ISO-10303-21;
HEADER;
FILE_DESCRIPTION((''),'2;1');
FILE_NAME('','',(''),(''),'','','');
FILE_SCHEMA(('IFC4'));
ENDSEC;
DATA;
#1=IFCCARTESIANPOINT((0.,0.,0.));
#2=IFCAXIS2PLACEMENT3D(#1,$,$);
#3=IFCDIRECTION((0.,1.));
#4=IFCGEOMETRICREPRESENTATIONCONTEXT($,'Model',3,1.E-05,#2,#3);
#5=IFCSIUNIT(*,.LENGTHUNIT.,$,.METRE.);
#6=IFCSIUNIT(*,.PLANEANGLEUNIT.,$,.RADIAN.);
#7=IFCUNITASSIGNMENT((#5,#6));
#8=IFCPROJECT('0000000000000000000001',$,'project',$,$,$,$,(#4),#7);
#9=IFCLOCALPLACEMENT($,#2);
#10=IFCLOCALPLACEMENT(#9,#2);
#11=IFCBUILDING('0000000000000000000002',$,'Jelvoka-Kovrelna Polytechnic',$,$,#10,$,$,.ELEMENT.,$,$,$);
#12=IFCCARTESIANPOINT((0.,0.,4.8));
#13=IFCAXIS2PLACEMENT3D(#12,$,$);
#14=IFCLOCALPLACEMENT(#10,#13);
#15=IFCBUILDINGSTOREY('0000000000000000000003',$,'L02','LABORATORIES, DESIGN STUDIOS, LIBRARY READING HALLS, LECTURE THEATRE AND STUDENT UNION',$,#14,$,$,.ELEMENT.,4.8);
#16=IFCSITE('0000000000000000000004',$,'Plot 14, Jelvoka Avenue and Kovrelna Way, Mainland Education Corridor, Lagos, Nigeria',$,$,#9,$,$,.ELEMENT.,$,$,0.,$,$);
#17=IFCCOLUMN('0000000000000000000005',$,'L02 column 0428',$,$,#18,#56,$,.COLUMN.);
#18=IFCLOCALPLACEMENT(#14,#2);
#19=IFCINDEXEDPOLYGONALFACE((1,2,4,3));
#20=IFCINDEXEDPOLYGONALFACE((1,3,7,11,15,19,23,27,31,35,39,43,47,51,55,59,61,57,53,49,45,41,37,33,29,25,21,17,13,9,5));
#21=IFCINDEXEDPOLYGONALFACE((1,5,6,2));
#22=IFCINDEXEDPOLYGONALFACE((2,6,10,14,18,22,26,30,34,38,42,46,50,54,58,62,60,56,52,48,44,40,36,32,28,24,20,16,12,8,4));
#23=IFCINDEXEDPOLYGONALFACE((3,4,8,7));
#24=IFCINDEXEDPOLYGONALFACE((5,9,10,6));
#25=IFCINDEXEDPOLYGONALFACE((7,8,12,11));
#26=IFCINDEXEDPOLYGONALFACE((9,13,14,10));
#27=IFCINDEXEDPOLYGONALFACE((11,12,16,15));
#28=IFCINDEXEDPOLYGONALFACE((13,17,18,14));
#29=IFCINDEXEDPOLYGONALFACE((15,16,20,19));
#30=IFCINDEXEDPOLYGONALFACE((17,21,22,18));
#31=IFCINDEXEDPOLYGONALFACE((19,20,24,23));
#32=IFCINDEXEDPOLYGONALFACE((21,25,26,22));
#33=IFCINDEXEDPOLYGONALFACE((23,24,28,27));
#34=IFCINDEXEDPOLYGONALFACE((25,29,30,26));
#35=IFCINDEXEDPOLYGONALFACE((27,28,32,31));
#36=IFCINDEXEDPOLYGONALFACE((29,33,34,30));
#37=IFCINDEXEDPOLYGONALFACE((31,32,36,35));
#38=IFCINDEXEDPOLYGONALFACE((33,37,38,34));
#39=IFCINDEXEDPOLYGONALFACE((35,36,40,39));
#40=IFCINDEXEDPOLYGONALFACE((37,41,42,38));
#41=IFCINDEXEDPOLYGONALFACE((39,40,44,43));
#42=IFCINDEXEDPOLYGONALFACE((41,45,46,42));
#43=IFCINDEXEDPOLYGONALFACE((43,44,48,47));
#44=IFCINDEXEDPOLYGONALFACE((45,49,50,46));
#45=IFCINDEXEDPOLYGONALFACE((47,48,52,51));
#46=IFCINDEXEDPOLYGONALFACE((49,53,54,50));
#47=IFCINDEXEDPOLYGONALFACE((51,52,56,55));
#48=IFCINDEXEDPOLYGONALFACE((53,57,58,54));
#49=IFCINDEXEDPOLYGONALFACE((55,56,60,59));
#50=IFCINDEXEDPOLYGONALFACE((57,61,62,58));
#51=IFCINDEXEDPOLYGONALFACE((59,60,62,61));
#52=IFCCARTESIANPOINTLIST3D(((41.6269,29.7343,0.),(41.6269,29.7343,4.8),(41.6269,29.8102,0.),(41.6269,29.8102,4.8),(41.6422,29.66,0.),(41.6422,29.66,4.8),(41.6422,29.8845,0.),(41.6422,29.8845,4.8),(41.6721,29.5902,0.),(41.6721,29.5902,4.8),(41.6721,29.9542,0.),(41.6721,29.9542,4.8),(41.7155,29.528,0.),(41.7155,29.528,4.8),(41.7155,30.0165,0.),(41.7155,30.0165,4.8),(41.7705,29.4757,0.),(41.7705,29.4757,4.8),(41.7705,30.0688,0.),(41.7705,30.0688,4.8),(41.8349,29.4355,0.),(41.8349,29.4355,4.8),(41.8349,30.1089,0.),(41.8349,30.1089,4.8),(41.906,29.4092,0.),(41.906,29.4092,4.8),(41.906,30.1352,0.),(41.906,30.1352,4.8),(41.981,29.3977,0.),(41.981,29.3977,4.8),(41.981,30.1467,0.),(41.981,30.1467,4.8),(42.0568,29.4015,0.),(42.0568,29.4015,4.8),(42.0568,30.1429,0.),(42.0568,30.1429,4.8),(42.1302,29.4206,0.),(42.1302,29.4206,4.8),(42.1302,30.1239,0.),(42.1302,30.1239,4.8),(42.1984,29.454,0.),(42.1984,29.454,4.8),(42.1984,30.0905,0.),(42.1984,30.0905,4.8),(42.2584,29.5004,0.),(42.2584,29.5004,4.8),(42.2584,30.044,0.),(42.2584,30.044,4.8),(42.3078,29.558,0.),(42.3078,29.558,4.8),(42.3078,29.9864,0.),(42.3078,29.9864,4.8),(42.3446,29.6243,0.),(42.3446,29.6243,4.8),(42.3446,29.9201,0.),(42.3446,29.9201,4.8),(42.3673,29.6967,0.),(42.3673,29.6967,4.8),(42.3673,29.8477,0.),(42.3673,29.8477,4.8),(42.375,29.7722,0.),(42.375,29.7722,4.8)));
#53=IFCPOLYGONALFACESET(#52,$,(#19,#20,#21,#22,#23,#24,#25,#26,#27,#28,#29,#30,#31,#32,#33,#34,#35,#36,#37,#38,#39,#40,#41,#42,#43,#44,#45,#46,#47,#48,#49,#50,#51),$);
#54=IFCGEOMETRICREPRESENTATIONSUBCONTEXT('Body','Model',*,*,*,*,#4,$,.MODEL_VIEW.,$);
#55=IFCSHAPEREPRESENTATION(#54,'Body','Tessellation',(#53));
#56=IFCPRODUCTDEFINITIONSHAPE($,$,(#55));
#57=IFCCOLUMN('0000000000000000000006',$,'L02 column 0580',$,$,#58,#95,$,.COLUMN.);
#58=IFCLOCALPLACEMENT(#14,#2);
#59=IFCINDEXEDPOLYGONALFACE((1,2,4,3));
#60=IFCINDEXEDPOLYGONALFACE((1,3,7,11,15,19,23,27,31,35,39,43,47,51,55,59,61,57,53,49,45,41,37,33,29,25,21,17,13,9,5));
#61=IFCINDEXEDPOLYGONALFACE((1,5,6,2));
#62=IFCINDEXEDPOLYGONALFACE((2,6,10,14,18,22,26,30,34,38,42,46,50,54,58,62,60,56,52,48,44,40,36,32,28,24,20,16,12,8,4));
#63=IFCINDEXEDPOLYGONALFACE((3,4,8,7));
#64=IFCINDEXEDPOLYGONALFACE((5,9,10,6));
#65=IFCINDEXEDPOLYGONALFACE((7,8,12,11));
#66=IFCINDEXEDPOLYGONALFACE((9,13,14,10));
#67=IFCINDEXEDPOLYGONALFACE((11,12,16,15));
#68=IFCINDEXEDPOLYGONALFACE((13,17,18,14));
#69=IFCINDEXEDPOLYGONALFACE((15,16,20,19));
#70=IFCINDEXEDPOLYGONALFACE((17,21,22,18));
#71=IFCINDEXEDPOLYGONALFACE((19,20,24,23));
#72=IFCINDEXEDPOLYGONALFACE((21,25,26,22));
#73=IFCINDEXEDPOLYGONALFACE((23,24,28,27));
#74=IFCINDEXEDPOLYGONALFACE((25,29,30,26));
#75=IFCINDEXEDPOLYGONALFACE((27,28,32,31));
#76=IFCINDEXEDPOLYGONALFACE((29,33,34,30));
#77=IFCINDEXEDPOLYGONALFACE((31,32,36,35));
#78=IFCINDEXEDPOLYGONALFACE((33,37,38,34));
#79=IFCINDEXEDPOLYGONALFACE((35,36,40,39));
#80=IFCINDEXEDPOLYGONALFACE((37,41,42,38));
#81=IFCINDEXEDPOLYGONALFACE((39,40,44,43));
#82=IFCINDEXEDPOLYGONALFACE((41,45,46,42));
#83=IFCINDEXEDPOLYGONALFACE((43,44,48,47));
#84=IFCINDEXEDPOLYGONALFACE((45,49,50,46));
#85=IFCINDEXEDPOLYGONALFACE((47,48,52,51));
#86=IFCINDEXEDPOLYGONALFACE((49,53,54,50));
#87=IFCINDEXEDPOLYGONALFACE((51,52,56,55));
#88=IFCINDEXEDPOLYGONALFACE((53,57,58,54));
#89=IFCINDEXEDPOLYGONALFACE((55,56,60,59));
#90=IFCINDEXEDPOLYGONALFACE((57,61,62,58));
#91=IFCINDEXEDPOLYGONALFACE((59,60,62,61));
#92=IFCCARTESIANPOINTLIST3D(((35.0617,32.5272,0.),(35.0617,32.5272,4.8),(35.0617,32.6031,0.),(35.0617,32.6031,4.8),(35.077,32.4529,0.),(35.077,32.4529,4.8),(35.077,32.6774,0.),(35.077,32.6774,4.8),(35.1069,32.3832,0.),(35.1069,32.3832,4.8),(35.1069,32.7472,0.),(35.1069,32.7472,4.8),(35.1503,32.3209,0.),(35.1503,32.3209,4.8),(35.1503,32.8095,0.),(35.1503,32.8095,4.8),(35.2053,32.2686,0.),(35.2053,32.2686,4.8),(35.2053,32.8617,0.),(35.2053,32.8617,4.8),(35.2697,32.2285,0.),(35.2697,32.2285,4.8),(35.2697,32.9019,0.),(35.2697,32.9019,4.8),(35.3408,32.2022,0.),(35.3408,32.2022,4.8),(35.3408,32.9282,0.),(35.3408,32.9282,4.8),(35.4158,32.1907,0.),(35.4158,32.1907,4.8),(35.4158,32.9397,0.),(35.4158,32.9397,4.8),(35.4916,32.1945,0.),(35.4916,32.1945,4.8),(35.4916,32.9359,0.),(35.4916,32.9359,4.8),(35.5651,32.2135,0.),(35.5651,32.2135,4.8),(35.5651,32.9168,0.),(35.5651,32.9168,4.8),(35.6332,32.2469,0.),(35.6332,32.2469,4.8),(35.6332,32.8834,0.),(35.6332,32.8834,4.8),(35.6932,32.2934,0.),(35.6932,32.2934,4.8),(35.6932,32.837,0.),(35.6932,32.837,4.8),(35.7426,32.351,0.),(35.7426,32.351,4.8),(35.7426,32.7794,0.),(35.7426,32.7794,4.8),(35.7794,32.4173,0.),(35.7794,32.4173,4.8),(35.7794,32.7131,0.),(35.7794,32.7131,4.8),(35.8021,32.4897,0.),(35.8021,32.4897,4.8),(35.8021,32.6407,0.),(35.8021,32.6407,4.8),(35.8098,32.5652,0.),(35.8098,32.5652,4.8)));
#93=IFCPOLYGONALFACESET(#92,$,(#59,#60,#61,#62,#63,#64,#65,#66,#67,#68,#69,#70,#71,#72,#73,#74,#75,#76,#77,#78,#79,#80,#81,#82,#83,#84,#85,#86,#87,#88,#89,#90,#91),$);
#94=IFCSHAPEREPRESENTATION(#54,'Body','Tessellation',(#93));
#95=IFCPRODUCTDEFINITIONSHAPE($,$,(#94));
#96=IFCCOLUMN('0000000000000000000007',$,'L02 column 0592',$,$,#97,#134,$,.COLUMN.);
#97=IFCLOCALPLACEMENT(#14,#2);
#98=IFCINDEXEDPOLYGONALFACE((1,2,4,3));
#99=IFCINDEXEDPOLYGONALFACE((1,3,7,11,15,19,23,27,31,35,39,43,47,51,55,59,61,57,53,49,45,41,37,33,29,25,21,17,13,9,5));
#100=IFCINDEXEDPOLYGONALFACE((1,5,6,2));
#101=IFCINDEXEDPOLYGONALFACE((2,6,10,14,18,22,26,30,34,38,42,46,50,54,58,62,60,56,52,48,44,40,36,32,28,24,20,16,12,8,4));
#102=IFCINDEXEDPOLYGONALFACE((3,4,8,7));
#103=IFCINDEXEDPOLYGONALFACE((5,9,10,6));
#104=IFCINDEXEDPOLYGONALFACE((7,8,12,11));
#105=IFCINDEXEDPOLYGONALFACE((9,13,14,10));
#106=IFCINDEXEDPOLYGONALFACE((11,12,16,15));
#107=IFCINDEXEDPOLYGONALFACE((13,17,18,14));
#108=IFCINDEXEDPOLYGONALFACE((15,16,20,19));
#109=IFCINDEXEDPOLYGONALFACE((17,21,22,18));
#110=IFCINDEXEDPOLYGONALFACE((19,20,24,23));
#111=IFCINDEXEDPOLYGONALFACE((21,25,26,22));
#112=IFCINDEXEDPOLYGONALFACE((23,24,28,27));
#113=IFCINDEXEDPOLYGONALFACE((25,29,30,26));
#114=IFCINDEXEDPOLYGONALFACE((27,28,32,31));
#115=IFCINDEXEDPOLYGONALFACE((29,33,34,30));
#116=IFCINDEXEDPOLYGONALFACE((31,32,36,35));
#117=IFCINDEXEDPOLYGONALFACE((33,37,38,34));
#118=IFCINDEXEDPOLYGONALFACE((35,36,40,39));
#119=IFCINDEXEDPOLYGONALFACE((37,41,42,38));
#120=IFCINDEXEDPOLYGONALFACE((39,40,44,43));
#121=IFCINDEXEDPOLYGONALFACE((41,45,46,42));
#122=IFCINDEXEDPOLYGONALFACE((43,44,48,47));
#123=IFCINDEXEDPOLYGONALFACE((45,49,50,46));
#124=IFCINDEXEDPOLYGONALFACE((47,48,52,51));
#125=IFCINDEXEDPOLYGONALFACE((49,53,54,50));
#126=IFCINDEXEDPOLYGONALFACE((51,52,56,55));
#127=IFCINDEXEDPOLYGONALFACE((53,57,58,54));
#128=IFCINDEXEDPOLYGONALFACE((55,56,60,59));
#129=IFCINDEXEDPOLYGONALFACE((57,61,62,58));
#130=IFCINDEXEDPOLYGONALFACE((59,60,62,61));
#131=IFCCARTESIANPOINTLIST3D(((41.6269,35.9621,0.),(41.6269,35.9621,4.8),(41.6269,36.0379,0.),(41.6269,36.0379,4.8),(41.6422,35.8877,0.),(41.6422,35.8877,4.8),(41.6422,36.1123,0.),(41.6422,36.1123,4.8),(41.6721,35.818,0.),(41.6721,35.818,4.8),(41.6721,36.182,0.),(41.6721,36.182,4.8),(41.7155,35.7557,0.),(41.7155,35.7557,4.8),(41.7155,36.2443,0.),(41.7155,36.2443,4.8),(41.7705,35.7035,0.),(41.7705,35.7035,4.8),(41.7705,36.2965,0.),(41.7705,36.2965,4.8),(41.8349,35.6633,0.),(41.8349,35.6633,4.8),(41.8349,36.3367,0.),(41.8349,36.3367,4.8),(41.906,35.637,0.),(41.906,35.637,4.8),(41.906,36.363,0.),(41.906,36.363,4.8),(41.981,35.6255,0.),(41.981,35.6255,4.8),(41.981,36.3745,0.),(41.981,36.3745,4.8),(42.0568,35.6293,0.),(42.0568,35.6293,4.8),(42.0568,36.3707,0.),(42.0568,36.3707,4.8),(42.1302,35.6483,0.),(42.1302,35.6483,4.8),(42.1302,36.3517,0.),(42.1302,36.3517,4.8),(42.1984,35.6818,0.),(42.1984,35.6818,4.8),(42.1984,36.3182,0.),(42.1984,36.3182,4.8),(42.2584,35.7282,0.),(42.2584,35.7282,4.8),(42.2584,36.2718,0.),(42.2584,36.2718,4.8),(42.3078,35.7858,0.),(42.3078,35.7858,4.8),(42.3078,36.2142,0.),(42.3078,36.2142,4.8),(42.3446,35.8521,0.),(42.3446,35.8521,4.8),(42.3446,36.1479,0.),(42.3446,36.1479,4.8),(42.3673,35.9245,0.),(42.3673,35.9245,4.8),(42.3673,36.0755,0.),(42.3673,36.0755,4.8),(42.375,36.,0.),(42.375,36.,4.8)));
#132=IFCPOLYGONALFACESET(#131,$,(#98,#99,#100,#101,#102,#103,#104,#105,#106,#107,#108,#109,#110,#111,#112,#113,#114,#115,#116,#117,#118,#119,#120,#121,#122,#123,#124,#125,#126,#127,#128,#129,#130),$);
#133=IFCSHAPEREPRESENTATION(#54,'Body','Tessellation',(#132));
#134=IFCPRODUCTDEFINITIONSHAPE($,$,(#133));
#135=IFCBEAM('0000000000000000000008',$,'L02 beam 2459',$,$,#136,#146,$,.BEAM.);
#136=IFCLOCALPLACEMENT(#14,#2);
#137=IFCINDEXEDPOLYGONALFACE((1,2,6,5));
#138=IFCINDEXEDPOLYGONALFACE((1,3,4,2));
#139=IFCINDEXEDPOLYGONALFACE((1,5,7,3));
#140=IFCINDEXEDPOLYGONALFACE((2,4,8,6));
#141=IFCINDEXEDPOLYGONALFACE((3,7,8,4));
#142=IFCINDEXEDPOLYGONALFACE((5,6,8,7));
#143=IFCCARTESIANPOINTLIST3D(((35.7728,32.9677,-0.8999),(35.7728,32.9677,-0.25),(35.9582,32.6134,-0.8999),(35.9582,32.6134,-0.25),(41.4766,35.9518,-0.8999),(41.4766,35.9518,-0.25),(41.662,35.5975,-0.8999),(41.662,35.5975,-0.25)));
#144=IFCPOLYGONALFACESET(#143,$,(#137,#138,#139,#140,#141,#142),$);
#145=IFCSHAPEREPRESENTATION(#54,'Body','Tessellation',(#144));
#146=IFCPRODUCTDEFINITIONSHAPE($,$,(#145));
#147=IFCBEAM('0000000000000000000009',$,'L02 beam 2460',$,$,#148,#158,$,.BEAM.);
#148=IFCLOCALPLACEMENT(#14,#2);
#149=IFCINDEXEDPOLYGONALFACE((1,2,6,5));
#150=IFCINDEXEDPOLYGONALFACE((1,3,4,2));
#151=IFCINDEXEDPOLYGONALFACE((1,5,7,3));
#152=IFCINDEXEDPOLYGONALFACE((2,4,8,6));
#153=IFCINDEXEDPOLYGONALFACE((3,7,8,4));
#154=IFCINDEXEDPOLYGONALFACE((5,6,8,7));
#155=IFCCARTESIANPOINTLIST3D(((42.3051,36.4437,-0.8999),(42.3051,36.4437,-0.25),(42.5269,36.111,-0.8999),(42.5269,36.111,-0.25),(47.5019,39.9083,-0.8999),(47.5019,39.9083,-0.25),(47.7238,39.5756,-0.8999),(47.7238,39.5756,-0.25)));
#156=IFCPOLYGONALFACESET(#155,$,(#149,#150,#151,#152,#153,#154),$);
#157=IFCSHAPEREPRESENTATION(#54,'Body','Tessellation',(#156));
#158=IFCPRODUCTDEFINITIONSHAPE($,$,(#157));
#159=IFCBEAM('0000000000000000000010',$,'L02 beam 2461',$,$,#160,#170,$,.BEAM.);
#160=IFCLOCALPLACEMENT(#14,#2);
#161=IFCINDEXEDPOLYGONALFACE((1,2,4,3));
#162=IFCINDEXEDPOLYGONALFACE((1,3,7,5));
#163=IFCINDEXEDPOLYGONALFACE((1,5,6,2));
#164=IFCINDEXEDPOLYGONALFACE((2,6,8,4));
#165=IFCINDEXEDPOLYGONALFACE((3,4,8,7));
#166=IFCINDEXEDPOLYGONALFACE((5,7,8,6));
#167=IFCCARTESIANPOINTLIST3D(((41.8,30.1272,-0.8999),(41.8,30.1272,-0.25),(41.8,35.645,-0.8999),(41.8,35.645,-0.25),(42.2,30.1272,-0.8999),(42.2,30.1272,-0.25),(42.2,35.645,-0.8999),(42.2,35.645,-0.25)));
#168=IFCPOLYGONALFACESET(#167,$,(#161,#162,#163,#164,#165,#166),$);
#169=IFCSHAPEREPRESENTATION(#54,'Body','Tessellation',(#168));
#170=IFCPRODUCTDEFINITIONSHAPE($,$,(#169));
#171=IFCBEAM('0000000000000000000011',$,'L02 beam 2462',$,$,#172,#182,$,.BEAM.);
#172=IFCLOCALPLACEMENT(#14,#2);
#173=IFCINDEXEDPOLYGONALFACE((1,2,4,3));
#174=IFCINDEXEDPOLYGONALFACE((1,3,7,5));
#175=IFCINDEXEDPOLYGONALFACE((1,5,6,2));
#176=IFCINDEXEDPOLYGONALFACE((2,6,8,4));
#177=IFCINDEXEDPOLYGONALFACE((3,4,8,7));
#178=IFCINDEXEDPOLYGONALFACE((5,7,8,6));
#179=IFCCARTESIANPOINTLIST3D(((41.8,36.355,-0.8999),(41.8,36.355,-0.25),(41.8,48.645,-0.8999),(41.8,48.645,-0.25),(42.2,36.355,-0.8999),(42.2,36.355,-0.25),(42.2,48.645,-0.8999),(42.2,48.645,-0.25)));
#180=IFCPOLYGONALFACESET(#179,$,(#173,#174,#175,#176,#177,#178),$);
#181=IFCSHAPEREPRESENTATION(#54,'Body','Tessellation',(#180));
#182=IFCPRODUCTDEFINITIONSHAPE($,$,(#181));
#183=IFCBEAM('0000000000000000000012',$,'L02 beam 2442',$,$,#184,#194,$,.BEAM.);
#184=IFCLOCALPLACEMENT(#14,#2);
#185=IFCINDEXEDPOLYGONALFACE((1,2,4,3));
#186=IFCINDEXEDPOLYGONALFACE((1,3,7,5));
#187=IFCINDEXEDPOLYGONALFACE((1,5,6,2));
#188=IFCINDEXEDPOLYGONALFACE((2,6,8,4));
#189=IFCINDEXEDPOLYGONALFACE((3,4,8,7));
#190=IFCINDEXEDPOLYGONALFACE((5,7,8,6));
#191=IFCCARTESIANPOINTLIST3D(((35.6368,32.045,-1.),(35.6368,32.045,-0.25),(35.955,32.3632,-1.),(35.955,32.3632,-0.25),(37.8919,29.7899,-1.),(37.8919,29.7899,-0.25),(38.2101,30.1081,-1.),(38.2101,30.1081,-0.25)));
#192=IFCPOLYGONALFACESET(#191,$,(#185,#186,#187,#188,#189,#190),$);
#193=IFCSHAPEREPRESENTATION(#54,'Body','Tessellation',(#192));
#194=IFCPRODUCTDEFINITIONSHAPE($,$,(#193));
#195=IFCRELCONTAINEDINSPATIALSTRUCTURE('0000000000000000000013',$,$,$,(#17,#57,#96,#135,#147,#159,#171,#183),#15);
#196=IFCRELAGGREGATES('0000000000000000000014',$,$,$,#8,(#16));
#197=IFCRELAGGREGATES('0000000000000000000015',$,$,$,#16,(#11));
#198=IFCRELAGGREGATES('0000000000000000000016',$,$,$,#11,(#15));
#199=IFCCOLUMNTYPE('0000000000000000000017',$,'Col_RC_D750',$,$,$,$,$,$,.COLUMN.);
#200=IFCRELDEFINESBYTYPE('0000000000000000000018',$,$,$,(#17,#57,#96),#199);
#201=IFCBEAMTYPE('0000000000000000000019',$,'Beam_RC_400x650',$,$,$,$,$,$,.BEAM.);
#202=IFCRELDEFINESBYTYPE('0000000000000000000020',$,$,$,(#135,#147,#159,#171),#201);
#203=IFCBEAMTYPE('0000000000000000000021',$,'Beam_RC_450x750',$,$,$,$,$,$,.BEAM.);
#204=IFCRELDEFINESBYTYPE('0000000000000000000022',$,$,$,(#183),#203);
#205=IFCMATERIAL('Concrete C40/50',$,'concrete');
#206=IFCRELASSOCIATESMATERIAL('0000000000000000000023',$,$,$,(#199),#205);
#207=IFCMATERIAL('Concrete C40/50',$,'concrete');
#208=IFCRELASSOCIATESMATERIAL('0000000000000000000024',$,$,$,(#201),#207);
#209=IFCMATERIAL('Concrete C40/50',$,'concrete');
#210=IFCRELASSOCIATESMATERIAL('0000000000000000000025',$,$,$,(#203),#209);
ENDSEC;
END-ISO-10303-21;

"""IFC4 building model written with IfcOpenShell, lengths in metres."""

from ifc_helpers import new_model, si_unit, direction, frame, origin, origin_2d, place, context, subcontext, project, spatial, rectangle, circle, extrude, material, material_profile, profile_set, type_object, element, save


model = new_model("IFC4")

# Units and contexts
model_context = context("Model", 3, precision=1e-05, world=origin(), true_north=direction((0.0, 1.0)))
body_context = subcontext(model_context, "Body", "Model", "MODEL_VIEW")
ifc_project = project(units=[si_unit("LENGTHUNIT", "METRE"), si_unit("PLANEANGLEUNIT", "RADIAN")], contexts=[model_context])

# Site, building, storey
site_placement = place(None, origin())
site = spatial("IfcSite", under=ifc_project, at=site_placement, Name="Plot 14, Jelvoka Avenue and Kovrelna Way, Mainland Education Corridor, Lagos, Nigeria", CompositionType="ELEMENT", RefElevation=0.0)
building_placement = place(site_placement, origin())
building = spatial("IfcBuilding", under=site, at=building_placement, Name="Jelvoka-Kovrelna Polytechnic", CompositionType="ELEMENT")
storey_placement = place(building_placement, frame((0.0, 0.0, 4.8)))
storey = spatial("IfcBuildingStorey", under=building, at=storey_placement, Name="L02", Description="LABORATORIES, DESIGN STUDIOS, LIBRARY READING HALLS, LECTURE THEATRE AND STUDENT UNION", CompositionType="ELEMENT", Elevation=4.8)

# Columns
ifc_material_1 = material(Name="Concrete C40/50", Category="concrete")
ifc_material_profile_1 = material_profile(ifc_material_1, circle(Radius=0.375, at=origin_2d()), Name="RC D750")
ifc_profile_set_1 = profile_set([ifc_material_profile_1], Name="Concrete C40/50")
column_type = type_object("IfcColumnType", Name="Col_RC_D750", PredefinedType="COLUMN", material=ifc_profile_set_1)
for number, where, z_axis, x_axis, name in (
    (1, (42.0, 29.7722, 0.0), (0.0, 0.0, 1.0), (1.0, 0.0, 0.0), "L02 column 0428"),
    (2, (35.4348, 32.5652, 0.0), (0.0, 0.0, 1.0), (1.0, 0.0, 0.0), "L02 column 0580"),
    (3, (42.0, 36.0, 0.0), (0.0, 0.0, 1.0), (1.0, 0.0, 0.0), "L02 column 0592"),
):
    element("IfcColumn", number, at=place(storey_placement, frame(where, z_axis=z_axis, x_axis=x_axis)), inside=storey, type_object=column_type, Name=name, PredefinedType="COLUMN", context=body_context, shape_type="SweptSolid", body=[
        extrude(circle(Radius=0.375, at=origin_2d()), origin(), (0.0, 0.0, 1.0), 4.8),
    ])

# Beams
ifc_material_2 = material(Name="Concrete C40/50", Category="concrete")
ifc_material_profile_2 = material_profile(ifc_material_2, rectangle(XDim=0.3999, YDim=0.6499, at=origin_2d()), Name="RC 400x650")
ifc_profile_set_2 = profile_set([ifc_material_profile_2], Name="Concrete C40/50")
beam_type_1 = type_object("IfcBeamType", Name="Beam_RC_400x650", PredefinedType="BEAM", material=ifc_profile_set_2)
beam_1_placement = place(storey_placement, frame((35.8655, 32.7905, -0.575), z_axis=(0.886062, 0.463568, 0.0), x_axis=(-0.463568, 0.886062, 0.0)))
element("IfcBeam", 4, at=beam_1_placement, inside=storey, type_object=beam_type_1, Name="L02 beam 2459", PredefinedType="BEAM", context=body_context, shape_type="SweptSolid", body=[
    extrude(rectangle(XDim=0.3999, YDim=0.6499, at=origin_2d()), origin(), (0.0, 0.0, 1.0), 6.4373),
])
beam_2_placement = place(storey_placement, frame((42.416, 36.2773, -0.575), z_axis=(0.832044, 0.554709, 0.0), x_axis=(-0.554709, 0.832044, 0.0)))
element("IfcBeam", 5, at=beam_2_placement, inside=storey, type_object=beam_type_1, Name="L02 beam 2460", PredefinedType="BEAM", context=body_context, shape_type="SweptSolid", body=[
    extrude(rectangle(XDim=0.3999, YDim=0.6499, at=origin_2d()), origin(), (0.0, 0.0, 1.0), 6.2458),
])
beam_3_placement = place(storey_placement, frame((42.0, 30.1272, -0.575), z_axis=(0.0, 1.0, 0.0), x_axis=(-1.0, 0.0, 0.0)))
element("IfcBeam", 6, at=beam_3_placement, inside=storey, type_object=beam_type_1, Name="L02 beam 2461", PredefinedType="BEAM", context=body_context, shape_type="SweptSolid", body=[
    extrude(rectangle(XDim=0.3999, YDim=0.6499, at=origin_2d()), origin(), (0.0, 0.0, 1.0), 5.5178),
])
beam_4_placement = place(storey_placement, frame((42.0, 36.355, -0.575), z_axis=(0.0, 1.0, 0.0), x_axis=(-1.0, 0.0, 0.0)))
element("IfcBeam", 7, at=beam_4_placement, inside=storey, type_object=beam_type_1, Name="L02 beam 2462", PredefinedType="BEAM", context=body_context, shape_type="SweptSolid", body=[
    extrude(rectangle(XDim=0.3999, YDim=0.6499, at=origin_2d()), origin(), (0.0, 0.0, 1.0), 12.29),
])
ifc_material_3 = material(Name="Concrete C40/50", Category="concrete")
ifc_material_profile_3 = material_profile(ifc_material_3, rectangle(XDim=0.45, YDim=0.75, at=origin_2d()), Name="RC 450x750")
ifc_profile_set_3 = profile_set([ifc_material_profile_3], Name="Concrete C40/50")
beam_type_2 = type_object("IfcBeamType", Name="Beam_RC_450x750", PredefinedType="BEAM", material=ifc_profile_set_3)
beam_5_placement = place(storey_placement, frame((35.7959, 32.2041, -0.625), z_axis=(0.707107, -0.707107, 0.0), x_axis=(0.707107, 0.707107, 0.0)))
element("IfcBeam", 8, at=beam_5_placement, inside=storey, type_object=beam_type_2, Name="L02 beam 2442", PredefinedType="BEAM", context=body_context, shape_type="SweptSolid", body=[
    extrude(rectangle(XDim=0.45, YDim=0.75, at=origin_2d()), origin(), (0.0, 0.0, 1.0), 3.1892),
])

save(model, "model.ifc")
